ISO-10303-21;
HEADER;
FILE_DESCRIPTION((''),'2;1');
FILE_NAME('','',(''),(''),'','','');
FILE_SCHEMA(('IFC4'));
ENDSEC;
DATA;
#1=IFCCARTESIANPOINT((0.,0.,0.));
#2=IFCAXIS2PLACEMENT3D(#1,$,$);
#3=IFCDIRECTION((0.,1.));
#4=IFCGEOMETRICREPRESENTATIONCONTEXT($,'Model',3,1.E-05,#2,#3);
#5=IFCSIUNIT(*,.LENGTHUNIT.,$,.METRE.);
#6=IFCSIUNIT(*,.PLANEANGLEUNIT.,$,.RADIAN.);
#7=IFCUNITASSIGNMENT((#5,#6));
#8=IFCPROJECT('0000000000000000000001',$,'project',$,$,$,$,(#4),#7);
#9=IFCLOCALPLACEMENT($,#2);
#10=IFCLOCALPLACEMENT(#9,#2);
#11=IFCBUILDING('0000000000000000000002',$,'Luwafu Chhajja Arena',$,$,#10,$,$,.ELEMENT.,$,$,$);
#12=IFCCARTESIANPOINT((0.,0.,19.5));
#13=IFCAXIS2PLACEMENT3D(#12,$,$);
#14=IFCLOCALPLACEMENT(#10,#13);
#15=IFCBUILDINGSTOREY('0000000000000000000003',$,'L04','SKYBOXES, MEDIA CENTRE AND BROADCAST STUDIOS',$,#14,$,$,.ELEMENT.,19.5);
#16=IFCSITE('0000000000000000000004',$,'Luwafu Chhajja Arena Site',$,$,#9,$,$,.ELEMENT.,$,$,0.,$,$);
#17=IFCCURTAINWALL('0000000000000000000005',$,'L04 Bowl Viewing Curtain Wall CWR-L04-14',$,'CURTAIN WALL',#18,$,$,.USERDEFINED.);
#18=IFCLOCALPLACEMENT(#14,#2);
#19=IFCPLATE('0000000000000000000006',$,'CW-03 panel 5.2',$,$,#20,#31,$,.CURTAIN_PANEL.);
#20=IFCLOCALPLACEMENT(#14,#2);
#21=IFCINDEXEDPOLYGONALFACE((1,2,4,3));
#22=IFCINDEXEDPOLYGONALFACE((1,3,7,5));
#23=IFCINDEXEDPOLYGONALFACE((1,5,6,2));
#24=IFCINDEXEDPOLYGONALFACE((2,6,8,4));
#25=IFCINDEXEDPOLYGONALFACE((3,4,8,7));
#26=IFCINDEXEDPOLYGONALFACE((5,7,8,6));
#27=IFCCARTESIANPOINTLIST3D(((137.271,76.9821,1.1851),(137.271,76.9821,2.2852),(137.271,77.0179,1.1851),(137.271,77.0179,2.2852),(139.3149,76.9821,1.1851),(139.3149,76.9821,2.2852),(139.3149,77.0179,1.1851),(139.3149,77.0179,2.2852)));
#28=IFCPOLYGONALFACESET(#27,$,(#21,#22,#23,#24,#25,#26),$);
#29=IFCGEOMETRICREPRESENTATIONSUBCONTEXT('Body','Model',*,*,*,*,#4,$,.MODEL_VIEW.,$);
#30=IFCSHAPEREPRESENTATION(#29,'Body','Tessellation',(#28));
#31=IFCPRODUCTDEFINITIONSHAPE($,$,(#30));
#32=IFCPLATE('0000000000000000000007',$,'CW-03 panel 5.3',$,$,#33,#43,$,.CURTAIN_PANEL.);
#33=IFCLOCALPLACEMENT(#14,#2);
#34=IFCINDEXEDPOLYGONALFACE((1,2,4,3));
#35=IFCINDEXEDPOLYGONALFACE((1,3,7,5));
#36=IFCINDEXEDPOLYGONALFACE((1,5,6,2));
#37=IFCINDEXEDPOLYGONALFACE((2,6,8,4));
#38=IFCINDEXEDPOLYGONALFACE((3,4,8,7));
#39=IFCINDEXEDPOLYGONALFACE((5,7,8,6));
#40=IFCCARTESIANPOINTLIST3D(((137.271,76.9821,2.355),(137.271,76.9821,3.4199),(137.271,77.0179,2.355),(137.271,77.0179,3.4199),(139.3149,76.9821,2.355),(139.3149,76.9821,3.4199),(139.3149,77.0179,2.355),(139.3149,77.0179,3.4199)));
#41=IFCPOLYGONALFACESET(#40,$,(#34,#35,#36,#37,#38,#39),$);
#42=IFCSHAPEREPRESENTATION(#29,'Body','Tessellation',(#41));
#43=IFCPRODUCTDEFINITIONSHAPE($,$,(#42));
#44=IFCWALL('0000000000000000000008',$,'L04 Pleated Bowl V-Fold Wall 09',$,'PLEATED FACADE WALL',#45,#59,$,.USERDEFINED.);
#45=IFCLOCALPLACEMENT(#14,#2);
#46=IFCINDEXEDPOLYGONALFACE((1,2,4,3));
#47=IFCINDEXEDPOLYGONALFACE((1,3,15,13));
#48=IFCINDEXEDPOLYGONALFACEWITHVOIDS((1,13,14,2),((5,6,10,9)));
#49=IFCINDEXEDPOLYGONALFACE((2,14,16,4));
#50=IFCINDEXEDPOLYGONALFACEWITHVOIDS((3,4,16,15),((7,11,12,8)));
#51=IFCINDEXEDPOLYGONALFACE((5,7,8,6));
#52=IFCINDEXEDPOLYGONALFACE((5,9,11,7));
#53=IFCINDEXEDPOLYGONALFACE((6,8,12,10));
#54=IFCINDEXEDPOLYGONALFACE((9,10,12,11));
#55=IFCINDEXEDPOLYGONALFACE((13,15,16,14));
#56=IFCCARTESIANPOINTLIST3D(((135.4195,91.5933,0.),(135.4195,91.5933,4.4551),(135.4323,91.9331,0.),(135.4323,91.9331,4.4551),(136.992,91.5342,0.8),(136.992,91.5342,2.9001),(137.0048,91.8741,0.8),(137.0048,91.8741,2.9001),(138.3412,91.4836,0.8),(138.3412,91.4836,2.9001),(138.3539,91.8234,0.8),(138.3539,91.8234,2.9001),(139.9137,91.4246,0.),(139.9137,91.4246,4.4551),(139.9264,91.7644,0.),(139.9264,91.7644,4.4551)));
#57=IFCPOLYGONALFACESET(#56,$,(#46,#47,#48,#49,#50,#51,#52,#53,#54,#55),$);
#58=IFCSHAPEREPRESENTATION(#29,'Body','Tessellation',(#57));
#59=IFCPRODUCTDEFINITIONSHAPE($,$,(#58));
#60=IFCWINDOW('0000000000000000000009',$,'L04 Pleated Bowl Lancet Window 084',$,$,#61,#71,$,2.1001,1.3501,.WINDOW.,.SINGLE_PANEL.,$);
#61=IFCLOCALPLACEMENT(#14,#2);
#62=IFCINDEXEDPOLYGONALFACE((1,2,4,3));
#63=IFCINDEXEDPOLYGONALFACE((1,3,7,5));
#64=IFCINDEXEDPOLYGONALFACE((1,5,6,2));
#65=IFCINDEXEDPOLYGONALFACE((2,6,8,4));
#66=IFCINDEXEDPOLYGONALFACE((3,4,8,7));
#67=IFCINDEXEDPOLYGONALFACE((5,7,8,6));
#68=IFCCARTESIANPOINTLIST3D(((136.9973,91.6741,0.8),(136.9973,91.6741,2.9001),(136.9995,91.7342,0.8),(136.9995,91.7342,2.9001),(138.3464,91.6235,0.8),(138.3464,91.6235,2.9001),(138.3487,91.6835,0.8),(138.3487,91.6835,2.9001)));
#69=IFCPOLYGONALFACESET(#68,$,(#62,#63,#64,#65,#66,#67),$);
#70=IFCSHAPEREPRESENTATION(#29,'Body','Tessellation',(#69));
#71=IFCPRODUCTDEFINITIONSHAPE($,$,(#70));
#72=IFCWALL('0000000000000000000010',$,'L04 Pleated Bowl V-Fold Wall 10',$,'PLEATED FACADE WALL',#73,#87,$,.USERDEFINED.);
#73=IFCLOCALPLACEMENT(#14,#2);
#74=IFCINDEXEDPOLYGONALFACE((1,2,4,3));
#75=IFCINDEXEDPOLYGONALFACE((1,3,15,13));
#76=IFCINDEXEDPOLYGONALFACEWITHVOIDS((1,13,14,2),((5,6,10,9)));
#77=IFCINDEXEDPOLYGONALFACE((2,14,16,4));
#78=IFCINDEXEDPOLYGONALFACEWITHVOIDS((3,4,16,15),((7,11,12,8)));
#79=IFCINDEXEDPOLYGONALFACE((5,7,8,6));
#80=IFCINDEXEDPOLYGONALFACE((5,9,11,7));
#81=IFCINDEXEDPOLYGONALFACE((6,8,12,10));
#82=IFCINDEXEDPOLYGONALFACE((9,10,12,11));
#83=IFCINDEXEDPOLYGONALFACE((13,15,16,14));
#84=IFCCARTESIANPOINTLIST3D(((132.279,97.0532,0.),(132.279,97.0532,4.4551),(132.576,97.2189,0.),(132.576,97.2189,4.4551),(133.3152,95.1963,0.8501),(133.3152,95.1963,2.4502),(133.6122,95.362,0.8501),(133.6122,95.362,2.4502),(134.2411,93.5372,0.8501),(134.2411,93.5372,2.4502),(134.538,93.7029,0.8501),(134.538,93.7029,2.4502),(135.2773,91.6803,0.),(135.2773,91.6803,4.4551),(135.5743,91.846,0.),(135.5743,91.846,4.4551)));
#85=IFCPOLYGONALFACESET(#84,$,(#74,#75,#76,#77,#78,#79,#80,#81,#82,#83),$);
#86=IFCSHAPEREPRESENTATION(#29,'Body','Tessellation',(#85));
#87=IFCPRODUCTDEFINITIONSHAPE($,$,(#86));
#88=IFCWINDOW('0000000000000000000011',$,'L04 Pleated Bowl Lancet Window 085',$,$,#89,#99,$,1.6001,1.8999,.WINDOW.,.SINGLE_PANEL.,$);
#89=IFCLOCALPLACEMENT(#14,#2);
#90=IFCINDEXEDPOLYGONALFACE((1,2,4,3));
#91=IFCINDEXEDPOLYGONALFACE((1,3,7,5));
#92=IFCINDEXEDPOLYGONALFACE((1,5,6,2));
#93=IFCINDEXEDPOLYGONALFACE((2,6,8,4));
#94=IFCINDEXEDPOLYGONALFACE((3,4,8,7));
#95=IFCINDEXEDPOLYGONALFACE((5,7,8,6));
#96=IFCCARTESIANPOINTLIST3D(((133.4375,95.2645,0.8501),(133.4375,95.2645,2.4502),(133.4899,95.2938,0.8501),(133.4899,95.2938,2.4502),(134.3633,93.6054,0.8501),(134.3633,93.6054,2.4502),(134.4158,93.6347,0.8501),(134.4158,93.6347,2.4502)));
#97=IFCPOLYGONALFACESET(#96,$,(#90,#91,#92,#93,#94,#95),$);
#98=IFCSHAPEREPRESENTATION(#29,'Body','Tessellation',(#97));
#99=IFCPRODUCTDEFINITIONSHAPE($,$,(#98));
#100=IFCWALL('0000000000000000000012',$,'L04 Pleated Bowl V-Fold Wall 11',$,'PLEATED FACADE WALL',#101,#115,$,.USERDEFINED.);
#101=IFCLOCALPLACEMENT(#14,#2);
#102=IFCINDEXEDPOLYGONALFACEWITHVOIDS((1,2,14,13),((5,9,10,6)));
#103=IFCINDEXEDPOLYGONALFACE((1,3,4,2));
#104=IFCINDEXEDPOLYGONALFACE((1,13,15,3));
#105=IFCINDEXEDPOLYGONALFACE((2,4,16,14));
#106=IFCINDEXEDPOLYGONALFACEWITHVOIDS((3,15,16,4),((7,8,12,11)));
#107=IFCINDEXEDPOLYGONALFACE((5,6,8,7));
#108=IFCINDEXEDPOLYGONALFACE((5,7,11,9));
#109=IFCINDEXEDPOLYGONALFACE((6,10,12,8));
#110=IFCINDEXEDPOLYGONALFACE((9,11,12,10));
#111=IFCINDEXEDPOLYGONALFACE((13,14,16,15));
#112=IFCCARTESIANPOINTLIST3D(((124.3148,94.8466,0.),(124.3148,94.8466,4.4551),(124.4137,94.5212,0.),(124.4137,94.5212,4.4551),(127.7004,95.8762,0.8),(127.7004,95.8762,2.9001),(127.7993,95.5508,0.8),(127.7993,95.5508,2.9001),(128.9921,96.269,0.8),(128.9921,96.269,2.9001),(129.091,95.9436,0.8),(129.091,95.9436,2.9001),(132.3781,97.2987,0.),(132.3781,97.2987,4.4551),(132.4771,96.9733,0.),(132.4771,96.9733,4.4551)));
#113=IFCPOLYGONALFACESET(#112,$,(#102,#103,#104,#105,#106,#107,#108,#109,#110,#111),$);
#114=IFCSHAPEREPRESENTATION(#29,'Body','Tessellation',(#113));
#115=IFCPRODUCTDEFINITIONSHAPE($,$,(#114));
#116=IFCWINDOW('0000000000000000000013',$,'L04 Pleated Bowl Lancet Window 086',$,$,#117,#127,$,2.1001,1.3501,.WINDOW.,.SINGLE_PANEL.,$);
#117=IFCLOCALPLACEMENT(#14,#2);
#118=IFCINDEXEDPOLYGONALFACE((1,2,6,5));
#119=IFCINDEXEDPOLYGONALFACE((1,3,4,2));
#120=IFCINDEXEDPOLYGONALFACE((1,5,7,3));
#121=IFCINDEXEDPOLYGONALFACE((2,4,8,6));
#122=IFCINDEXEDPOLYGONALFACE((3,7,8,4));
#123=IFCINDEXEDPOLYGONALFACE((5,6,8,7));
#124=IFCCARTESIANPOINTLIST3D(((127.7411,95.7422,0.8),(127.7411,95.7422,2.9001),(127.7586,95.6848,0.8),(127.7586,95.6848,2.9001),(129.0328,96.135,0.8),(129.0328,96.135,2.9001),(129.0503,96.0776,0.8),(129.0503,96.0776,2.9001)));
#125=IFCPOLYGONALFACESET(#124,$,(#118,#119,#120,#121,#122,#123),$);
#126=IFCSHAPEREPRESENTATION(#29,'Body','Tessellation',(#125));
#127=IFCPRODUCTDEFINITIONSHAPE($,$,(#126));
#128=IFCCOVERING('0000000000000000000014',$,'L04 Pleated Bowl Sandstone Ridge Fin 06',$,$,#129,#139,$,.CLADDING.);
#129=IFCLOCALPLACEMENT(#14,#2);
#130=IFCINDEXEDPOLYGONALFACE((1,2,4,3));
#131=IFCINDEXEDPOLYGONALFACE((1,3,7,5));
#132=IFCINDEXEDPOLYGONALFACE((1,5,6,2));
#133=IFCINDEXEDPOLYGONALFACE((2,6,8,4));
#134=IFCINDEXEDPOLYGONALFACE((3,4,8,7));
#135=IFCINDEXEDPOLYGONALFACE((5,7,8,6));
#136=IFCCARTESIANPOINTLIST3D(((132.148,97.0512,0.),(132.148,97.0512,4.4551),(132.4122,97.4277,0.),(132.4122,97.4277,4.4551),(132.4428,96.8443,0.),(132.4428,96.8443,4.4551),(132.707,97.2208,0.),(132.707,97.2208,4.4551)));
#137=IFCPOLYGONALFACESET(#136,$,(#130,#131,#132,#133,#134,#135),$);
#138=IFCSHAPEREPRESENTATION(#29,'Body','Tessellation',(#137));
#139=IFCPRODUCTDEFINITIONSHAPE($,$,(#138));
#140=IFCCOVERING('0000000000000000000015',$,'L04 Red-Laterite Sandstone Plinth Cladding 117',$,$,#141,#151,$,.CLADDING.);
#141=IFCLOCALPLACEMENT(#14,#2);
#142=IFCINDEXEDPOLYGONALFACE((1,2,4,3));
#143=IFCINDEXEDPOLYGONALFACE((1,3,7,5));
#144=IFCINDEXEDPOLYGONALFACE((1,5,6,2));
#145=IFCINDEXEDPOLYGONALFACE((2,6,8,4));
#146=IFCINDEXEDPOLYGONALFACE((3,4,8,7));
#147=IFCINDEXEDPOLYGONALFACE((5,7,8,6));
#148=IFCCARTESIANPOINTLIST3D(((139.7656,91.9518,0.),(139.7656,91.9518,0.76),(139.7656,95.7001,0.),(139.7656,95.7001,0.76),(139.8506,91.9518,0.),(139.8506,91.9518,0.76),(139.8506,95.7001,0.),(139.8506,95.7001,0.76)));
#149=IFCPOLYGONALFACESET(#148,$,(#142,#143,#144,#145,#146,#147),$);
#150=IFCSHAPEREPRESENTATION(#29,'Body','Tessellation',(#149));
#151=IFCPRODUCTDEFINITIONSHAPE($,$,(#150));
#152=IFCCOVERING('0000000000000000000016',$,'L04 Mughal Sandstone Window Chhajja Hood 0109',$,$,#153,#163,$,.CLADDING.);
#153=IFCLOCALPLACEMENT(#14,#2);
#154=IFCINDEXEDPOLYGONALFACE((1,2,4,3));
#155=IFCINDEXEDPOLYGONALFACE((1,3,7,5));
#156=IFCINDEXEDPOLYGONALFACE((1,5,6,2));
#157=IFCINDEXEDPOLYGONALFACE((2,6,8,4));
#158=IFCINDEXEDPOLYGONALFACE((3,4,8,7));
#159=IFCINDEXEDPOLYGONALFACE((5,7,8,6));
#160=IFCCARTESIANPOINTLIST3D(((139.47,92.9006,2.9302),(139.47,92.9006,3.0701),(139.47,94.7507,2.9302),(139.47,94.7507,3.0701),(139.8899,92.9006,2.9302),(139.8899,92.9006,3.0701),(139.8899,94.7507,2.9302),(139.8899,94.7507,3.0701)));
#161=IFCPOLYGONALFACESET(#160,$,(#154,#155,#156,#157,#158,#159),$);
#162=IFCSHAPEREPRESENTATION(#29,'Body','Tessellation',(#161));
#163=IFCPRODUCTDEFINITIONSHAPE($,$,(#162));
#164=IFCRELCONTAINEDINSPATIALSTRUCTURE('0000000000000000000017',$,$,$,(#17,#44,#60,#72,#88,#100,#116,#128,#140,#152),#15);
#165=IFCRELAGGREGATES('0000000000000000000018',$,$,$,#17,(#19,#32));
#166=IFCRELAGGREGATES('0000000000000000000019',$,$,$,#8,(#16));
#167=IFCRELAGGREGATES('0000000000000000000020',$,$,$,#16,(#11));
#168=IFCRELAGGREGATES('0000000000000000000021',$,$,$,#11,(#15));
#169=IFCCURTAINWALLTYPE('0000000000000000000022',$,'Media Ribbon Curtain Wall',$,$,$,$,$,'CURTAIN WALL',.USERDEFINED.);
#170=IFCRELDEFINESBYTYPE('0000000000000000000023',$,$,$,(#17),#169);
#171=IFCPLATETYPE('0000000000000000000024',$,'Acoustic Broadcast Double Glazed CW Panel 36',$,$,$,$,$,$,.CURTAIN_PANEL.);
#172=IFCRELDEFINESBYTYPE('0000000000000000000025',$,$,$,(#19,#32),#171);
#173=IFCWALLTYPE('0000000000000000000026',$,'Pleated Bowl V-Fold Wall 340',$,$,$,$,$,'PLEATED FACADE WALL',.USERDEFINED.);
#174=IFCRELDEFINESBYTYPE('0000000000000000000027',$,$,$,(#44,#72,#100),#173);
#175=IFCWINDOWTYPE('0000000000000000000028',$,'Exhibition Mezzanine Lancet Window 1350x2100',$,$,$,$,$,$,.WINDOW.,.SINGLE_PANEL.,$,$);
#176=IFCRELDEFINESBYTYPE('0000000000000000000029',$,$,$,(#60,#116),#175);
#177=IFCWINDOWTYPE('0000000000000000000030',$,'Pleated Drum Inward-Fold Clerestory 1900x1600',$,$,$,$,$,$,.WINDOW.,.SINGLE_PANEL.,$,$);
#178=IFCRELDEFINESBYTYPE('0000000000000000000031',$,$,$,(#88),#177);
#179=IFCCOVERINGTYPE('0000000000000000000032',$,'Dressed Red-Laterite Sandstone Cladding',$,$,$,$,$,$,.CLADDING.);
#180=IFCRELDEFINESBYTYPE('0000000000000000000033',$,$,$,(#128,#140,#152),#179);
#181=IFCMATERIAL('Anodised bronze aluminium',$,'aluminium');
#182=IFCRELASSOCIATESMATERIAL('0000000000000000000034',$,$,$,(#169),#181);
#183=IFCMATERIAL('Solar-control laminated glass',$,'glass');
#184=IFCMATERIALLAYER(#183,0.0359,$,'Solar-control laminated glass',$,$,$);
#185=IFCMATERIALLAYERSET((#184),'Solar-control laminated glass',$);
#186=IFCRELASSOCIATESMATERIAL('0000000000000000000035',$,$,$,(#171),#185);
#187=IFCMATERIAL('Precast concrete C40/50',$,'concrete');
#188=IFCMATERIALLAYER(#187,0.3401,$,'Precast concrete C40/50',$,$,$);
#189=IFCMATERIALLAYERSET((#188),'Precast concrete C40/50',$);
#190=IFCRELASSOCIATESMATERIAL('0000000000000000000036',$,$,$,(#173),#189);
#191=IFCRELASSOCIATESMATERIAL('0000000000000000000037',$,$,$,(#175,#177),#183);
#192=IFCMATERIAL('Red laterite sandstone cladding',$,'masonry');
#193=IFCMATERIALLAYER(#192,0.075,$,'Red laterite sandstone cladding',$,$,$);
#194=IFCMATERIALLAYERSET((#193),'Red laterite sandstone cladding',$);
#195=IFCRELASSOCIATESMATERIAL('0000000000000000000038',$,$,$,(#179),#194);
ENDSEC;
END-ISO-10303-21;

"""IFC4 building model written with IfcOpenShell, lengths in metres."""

from ifc_helpers import new_model, si_unit, direction, frame, frame_2d, origin, origin_2d, place, context, subcontext, project, spatial, rectangle, extrude, material, layer, layer_set, type_object, element, fill, aggregate, save


model = new_model("IFC4")

# Units and contexts
model_context = context("Model", 3, precision=1e-05, world=origin(), true_north=direction((0.0, 1.0)))
body_context = subcontext(model_context, "Body", "Model", "MODEL_VIEW")
ifc_project = project(units=[si_unit("LENGTHUNIT", "METRE"), si_unit("PLANEANGLEUNIT", "RADIAN")], contexts=[model_context])

# Site, building, storey
site_placement = place(None, origin())
site = spatial("IfcSite", under=ifc_project, at=site_placement, Name="Luwafu Chhajja Arena Site", CompositionType="ELEMENT", RefElevation=0.0)
building_placement = place(site_placement, origin())
building = spatial("IfcBuilding", under=site, at=building_placement, Name="Luwafu Chhajja Arena", CompositionType="ELEMENT")
storey_placement = place(building_placement, frame((0.0, 0.0, 19.5)))
storey = spatial("IfcBuildingStorey", under=building, at=storey_placement, Name="L04", Description="SKYBOXES, MEDIA CENTRE AND BROADCAST STUDIOS", CompositionType="ELEMENT", Elevation=19.5)

# Curtain wall
ifc_material_1 = material(Name="Anodised bronze aluminium", Category="aluminium")
curtain_wall_type = type_object("IfcCurtainWallType", Name="Media Ribbon Curtain Wall", ElementType="CURTAIN WALL", PredefinedType="USERDEFINED", material=ifc_material_1)
curtain_wall_placement = place(storey_placement, origin())
curtain_wall = element("IfcCurtainWall", 1, at=curtain_wall_placement, inside=storey, type_object=curtain_wall_type, Name="L04 Bowl Viewing Curtain Wall CWR-L04-14", ObjectType="CURTAIN WALL", PredefinedType="USERDEFINED")

# Plates
ifc_material_2 = material(Name="Solar-control laminated glass", Category="glass")
ifc_layer_1 = layer(ifc_material_2, 0.0359, Name="Solar-control laminated glass")
ifc_layer_set_1 = layer_set([ifc_layer_1], Name="Solar-control laminated glass")
plate_type = type_object("IfcPlateType", Name="Acoustic Broadcast Double Glazed CW Panel 36", PredefinedType="CURTAIN_PANEL", material=ifc_layer_set_1)
plate_1_placement = place(storey_placement, frame((138.293, 77.0, 1.1851), z_axis=(0.0, 0.0, 1.0), x_axis=(1.0, 0.0, 0.0)))
plate_1 = element("IfcPlate", 2, at=plate_1_placement, type_object=plate_type, Name="CW-03 panel 5.2", PredefinedType="CURTAIN_PANEL", context=body_context, shape_type="SweptSolid", body=[
    extrude(rectangle(XDim=2.0439, YDim=0.0359, at=origin_2d()), origin(), (0.0, 0.0, 1.0), 1.1001),
])
plate_2_placement = place(storey_placement, frame((138.293, 77.0, 2.355), z_axis=(0.0, 0.0, 1.0), x_axis=(1.0, 0.0, 0.0)))
plate_2 = element("IfcPlate", 3, at=plate_2_placement, type_object=plate_type, Name="CW-03 panel 5.3", PredefinedType="CURTAIN_PANEL", context=body_context, shape_type="SweptSolid", body=[
    extrude(rectangle(XDim=2.0439, YDim=0.0359, at=origin_2d()), origin(), (0.0, 0.0, 1.0), 1.0649),
])
aggregate(curtain_wall, [plate_1, plate_2])

# Walls, openings, windows
ifc_material_3 = material(Name="Precast concrete C40/50", Category="concrete")
ifc_layer_2 = layer(ifc_material_3, 0.3401, Name="Precast concrete C40/50")
ifc_layer_set_2 = layer_set([ifc_layer_2], Name="Precast concrete C40/50")
wall_type = type_object("IfcWallType", Name="Pleated Bowl V-Fold Wall 340", ElementType="PLEATED FACADE WALL", PredefinedType="USERDEFINED", material=ifc_layer_set_2)
wall_1_placement = place(storey_placement, frame((139.9199, 91.5945, 0.0), z_axis=(0.0, 0.0, 1.0), x_axis=(-0.999296, 0.037512, 0.0)))
wall_1 = element("IfcWall", 4, at=wall_1_placement, inside=storey, type_object=wall_type, Name="L04 Pleated Bowl V-Fold Wall 09", ObjectType="PLEATED FACADE WALL", PredefinedType="USERDEFINED", context=body_context, shape_type="SweptSolid", body=[
    extrude(rectangle(XDim=4.4973, YDim=0.3401, at=frame_2d((2.2485, 0.0))), origin(), (0.0, 0.0, 1.0), 4.4551),
])
opening_1_placement = place(wall_1_placement, frame((1.5735, 0.0, 0.8)))
opening_1 = element("IfcOpeningElement", 5, at=opening_1_placement, cuts=wall_1, PredefinedType="OPENING", context=body_context, shape_type="SweptSolid", body=[
    extrude(rectangle(XDim=1.3501, YDim=2.1001, at=frame_2d((0.675, 1.05))), frame((0.0, 0.1799, 0.0), z_axis=(0.0, -1.0, 0.0), x_axis=(1.0, 0.0, 0.0)), (0.0, 0.0, 1.0), 0.3601),
])
window_type_1 = type_object("IfcWindowType", Name="Exhibition Mezzanine Lancet Window 1350x2100", PartitioningType="SINGLE_PANEL", PredefinedType="WINDOW", material=ifc_material_2)
window_1_placement = place(opening_1_placement, origin())
window_1 = element("IfcWindow", 6, at=window_1_placement, inside=storey, type_object=window_type_1, Name="L04 Pleated Bowl Lancet Window 084", OverallHeight=2.1001, OverallWidth=1.3501, PartitioningType="SINGLE_PANEL", PredefinedType="WINDOW", context=body_context, shape_type="SweptSolid", body=[
    extrude(rectangle(XDim=1.3501, YDim=2.1001, at=frame_2d((0.675, 1.05))), frame((0.0, 0.03, 0.0), z_axis=(0.0, -1.0, 0.0), x_axis=(1.0, 0.0, 0.0)), (0.0, 0.0, 1.0), 0.0601),
])
fill(opening_1, window_1)
wall_2_placement = place(storey_placement, frame((135.4258, 91.7632, 0.0), z_axis=(0.0, 0.0, 1.0), x_axis=(-0.487306, 0.873231, 0.0)))
wall_2 = element("IfcWall", 7, at=wall_2_placement, inside=storey, type_object=wall_type, Name="L04 Pleated Bowl V-Fold Wall 10", ObjectType="PLEATED FACADE WALL", PredefinedType="USERDEFINED", context=body_context, shape_type="SweptSolid", body=[
    extrude(rectangle(XDim=6.1528, YDim=0.3401, at=frame_2d((3.0764, 0.0))), origin(), (0.0, 0.0, 1.0), 4.4551),
])
opening_2_placement = place(wall_2_placement, frame((2.1265, 0.0, 0.8501)))
opening_2 = element("IfcOpeningElement", 8, at=opening_2_placement, cuts=wall_2, PredefinedType="OPENING", context=body_context, shape_type="SweptSolid", body=[
    extrude(rectangle(XDim=1.8999, YDim=1.6001, at=frame_2d((0.95, 0.8))), frame((0.0, 0.1799, 0.0), z_axis=(0.0, -1.0, 0.0), x_axis=(1.0, 0.0, 0.0)), (0.0, 0.0, 1.0), 0.3601),
])
window_type_2 = type_object("IfcWindowType", Name="Pleated Drum Inward-Fold Clerestory 1900x1600", PartitioningType="SINGLE_PANEL", PredefinedType="WINDOW", material=ifc_material_2)
window_2_placement = place(opening_2_placement, origin())
window_2 = element("IfcWindow", 9, at=window_2_placement, inside=storey, type_object=window_type_2, Name="L04 Pleated Bowl Lancet Window 085", OverallHeight=1.6001, OverallWidth=1.8999, PartitioningType="SINGLE_PANEL", PredefinedType="WINDOW", context=body_context, shape_type="SweptSolid", body=[
    extrude(rectangle(XDim=1.8999, YDim=1.6001, at=frame_2d((0.95, 0.8))), frame((0.0, 0.03, 0.0), z_axis=(0.0, -1.0, 0.0), x_axis=(1.0, 0.0, 0.0)), (0.0, 0.0, 1.0), 0.0601),
])
fill(opening_2, window_2)
wall_3_placement = place(storey_placement, frame((132.4275, 97.136, 0.0), z_axis=(0.0, 0.0, 1.0), x_axis=(-0.956738, -0.29095, 0.0)))
wall_3 = element("IfcWall", 10, at=wall_3_placement, inside=storey, type_object=wall_type, Name="L04 Pleated Bowl V-Fold Wall 11", ObjectType="PLEATED FACADE WALL", PredefinedType="USERDEFINED", context=body_context, shape_type="SweptSolid", body=[
    extrude(rectangle(XDim=8.428, YDim=0.3401, at=frame_2d((4.2139, 0.0))), origin(), (0.0, 0.0, 1.0), 4.4551),
])
opening_3_placement = place(wall_3_placement, frame((3.5391, 0.0, 0.8)))
opening_3 = element("IfcOpeningElement", 11, at=opening_3_placement, cuts=wall_3, PredefinedType="OPENING", context=body_context, shape_type="SweptSolid", body=[
    extrude(rectangle(XDim=1.3501, YDim=2.1001, at=frame_2d((0.675, 1.05))), frame((0.0, 0.1799, 0.0), z_axis=(0.0, -1.0, 0.0), x_axis=(1.0, 0.0, 0.0)), (0.0, 0.0, 1.0), 0.3601),
])
window_3_placement = place(opening_3_placement, origin())
window_3 = element("IfcWindow", 12, at=window_3_placement, inside=storey, type_object=window_type_1, Name="L04 Pleated Bowl Lancet Window 086", OverallHeight=2.1001, OverallWidth=1.3501, PartitioningType="SINGLE_PANEL", PredefinedType="WINDOW", context=body_context, shape_type="SweptSolid", body=[
    extrude(rectangle(XDim=1.3501, YDim=2.1001, at=frame_2d((0.675, 1.05))), frame((0.0, 0.03, 0.0), z_axis=(0.0, -1.0, 0.0), x_axis=(1.0, 0.0, 0.0)), (0.0, 0.0, 1.0), 0.0601),
])
fill(opening_3, window_3)

# Coverings
ifc_material_4 = material(Name="Red laterite sandstone cladding", Category="masonry")
ifc_layer_3 = layer(ifc_material_4, 0.075, Name="Red laterite sandstone cladding")
ifc_layer_set_3 = layer_set([ifc_layer_3], Name="Red laterite sandstone cladding")
covering_type = type_object("IfcCoveringType", Name="Dressed Red-Laterite Sandstone Cladding", PredefinedType="CLADDING", material=ifc_layer_set_3)
covering_1_placement = place(storey_placement, frame((132.4275, 97.136, 0.0), z_axis=(0.0, 0.0, 1.0), x_axis=(0.574411, 0.818567, 0.0)))
element("IfcCovering", 13, at=covering_1_placement, inside=storey, type_object=covering_type, Name="L04 Pleated Bowl Sandstone Ridge Fin 06", PredefinedType="CLADDING", context=body_context, shape_type="SweptSolid", body=[
    extrude(rectangle(XDim=0.46, YDim=0.3601, at=origin_2d()), origin(), (0.0, 0.0, 1.0), 4.4551),
])
covering_2_placement = place(storey_placement, frame((139.8081, 93.8259, 0.0), z_axis=(0.0, 0.0, 1.0), x_axis=(0.0, 1.0, 0.0)))
element("IfcCovering", 14, at=covering_2_placement, inside=storey, type_object=covering_type, Name="L04 Red-Laterite Sandstone Plinth Cladding 117", PredefinedType="CLADDING", context=body_context, shape_type="SweptSolid", body=[
    extrude(rectangle(XDim=3.7483, YDim=0.085, at=origin_2d()), origin(), (0.0, 0.0, 1.0), 0.76),
])
covering_3_placement = place(storey_placement, frame((139.6799, 93.8257, 2.9302), z_axis=(0.0, 0.0, 1.0), x_axis=(0.0, 1.0, 0.0)))
element("IfcCovering", 15, at=covering_3_placement, inside=storey, type_object=covering_type, Name="L04 Mughal Sandstone Window Chhajja Hood 0109", PredefinedType="CLADDING", context=body_context, shape_type="SweptSolid", body=[
    extrude(rectangle(XDim=1.8501, YDim=0.4199, at=origin_2d()), origin(), (0.0, 0.0, 1.0), 0.1399),
])

save(model, "model.ifc")
